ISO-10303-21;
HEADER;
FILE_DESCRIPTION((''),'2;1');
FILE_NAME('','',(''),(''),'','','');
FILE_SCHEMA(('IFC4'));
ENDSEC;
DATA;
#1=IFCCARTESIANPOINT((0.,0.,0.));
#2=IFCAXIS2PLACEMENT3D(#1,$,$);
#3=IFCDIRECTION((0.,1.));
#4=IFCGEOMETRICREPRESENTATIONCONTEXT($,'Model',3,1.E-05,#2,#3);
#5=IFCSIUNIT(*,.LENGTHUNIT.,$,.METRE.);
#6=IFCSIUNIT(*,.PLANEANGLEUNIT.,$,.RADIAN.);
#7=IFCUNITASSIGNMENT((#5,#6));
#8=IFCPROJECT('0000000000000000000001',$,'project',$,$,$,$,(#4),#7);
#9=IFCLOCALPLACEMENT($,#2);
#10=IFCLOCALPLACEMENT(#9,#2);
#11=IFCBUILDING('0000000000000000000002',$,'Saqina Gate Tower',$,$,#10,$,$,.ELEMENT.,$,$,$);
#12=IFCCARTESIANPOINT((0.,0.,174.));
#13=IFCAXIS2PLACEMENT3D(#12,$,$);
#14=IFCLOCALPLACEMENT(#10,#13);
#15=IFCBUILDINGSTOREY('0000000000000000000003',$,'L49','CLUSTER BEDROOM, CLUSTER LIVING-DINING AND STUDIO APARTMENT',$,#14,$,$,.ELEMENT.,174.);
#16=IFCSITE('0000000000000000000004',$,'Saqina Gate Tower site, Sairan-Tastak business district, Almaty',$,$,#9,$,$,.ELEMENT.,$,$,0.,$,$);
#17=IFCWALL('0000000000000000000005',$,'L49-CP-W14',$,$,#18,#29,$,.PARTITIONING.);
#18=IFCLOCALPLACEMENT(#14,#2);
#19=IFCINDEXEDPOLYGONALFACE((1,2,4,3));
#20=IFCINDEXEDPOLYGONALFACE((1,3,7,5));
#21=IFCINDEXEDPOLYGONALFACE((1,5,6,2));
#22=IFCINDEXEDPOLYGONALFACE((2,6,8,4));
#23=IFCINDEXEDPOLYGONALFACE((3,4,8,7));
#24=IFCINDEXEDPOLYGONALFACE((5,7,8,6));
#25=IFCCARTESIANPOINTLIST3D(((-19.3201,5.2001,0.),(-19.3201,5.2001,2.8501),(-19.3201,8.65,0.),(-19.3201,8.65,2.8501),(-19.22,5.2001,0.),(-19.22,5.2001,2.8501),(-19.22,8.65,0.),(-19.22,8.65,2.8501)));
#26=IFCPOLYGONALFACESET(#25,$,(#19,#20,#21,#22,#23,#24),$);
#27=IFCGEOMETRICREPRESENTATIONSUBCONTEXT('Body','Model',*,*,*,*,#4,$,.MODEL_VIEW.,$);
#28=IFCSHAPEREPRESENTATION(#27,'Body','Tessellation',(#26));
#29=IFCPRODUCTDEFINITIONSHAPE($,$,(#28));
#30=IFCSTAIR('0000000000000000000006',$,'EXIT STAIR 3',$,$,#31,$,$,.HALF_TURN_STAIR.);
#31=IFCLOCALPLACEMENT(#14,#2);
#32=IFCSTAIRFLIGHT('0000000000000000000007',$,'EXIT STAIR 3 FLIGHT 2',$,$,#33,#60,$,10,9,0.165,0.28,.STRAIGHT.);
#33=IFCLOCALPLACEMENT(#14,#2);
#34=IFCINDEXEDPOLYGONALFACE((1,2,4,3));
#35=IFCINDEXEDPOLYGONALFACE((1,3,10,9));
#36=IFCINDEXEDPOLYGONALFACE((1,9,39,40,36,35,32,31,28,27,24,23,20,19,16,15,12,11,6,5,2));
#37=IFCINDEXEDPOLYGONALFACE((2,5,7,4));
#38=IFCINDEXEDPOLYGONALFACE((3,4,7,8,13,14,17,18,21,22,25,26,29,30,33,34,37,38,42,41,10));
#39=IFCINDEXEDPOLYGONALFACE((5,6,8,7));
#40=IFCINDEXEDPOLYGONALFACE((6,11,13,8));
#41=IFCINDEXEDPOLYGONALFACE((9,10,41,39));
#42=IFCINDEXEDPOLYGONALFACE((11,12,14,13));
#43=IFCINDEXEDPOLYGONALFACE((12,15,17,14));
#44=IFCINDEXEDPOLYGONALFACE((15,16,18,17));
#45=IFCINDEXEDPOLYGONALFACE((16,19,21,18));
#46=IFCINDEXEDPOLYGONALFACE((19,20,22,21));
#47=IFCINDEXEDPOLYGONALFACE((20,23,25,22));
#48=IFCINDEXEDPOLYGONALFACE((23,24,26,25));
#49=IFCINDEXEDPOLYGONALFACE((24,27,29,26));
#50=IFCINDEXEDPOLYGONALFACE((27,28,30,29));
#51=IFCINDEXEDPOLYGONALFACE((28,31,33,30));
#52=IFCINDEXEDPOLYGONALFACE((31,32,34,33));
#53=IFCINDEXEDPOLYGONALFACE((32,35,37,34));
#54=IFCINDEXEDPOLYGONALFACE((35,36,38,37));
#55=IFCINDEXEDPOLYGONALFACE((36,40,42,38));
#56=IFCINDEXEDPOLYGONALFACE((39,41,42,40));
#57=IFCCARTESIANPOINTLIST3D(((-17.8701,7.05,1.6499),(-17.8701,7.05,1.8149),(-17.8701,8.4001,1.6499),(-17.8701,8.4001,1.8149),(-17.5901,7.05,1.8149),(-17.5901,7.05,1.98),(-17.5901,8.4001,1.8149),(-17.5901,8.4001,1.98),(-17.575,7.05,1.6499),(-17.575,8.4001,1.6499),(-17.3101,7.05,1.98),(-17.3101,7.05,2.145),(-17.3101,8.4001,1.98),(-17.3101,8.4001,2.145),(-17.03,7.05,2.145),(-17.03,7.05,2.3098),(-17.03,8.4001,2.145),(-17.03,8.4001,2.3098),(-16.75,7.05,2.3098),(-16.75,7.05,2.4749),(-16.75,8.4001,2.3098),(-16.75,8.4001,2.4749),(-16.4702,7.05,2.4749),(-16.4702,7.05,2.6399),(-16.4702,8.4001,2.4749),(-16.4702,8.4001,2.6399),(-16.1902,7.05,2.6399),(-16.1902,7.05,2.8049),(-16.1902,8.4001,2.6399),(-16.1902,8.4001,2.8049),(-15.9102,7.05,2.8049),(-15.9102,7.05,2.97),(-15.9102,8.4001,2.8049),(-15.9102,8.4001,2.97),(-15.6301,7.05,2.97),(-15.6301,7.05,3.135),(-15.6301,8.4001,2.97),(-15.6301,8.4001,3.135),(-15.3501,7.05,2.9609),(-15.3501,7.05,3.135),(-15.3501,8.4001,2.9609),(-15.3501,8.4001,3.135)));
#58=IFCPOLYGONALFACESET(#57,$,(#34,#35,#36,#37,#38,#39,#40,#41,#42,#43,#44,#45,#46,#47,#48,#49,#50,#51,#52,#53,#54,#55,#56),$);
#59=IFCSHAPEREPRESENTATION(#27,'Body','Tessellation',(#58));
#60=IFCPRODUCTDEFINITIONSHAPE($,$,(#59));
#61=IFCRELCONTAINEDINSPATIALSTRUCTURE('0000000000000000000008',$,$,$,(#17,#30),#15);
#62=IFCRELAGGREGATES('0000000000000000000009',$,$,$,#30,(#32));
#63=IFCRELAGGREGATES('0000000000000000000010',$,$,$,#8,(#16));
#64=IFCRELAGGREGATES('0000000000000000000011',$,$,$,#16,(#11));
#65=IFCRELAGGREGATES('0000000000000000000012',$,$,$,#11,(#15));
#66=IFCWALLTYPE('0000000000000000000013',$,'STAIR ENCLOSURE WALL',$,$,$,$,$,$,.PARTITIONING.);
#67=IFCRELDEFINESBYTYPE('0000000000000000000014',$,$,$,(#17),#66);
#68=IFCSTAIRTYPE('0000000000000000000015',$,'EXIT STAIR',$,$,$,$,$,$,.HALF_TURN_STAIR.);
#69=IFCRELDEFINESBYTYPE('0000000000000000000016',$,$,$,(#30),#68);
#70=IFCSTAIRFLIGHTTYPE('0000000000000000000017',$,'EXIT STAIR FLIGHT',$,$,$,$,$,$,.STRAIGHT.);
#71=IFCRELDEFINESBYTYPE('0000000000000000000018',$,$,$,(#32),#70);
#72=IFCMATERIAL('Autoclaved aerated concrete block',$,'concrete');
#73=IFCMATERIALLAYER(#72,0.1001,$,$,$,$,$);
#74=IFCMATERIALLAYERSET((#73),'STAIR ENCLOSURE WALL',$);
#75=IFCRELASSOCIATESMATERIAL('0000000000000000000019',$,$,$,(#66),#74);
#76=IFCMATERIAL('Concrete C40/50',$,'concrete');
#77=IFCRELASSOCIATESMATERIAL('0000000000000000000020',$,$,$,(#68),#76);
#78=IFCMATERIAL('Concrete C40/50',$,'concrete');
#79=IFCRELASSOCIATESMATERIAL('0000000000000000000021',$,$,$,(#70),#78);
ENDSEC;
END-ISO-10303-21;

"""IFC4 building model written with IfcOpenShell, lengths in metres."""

from ifc_helpers import new_model, si_unit, direction, frame, frame_2d, origin, place, context, subcontext, project, spatial, polyline, rectangle, outline, extrude, material, layer, layer_set, type_object, element, aggregate, save


model = new_model("IFC4")

# Units and contexts
model_context = context("Model", 3, precision=1e-05, world=origin(), true_north=direction((0.0, 1.0)))
body_context = subcontext(model_context, "Body", "Model", "MODEL_VIEW")
ifc_project = project(units=[si_unit("LENGTHUNIT", "METRE"), si_unit("PLANEANGLEUNIT", "RADIAN")], contexts=[model_context])

# Site, building, storey
site_placement = place(None, origin())
site = spatial("IfcSite", under=ifc_project, at=site_placement, Name="Saqina Gate Tower site, Sairan-Tastak business district, Almaty", CompositionType="ELEMENT", RefElevation=0.0)
building_placement = place(site_placement, origin())
building = spatial("IfcBuilding", under=site, at=building_placement, Name="Saqina Gate Tower", CompositionType="ELEMENT")
storey_placement = place(building_placement, frame((0.0, 0.0, 174.0)))
storey = spatial("IfcBuildingStorey", under=building, at=storey_placement, Name="L49", Description="CLUSTER BEDROOM, CLUSTER LIVING-DINING AND STUDIO APARTMENT", CompositionType="ELEMENT", Elevation=174.0)

# Wall
ifc_material_1 = material(Name="Autoclaved aerated concrete block", Category="concrete")
ifc_layer_1 = layer(ifc_material_1, 0.1001)
ifc_layer_set_1 = layer_set([ifc_layer_1], Name="STAIR ENCLOSURE WALL")
wall_type_1 = type_object("IfcWallType", Name="STAIR ENCLOSURE WALL", PredefinedType="PARTITIONING", material=ifc_layer_set_1)
wall_1_placement = place(storey_placement, frame((-19.27, 5.2, 0.0), z_axis=(0.0, 0.0, 1.0), x_axis=(0.0, 1.0, 0.0)))
element("IfcWall", 1, at=wall_1_placement, inside=storey, type_object=wall_type_1, Name="L49-CP-W14", PredefinedType="PARTITIONING", context=body_context, shape_type="SweptSolid", body=[
    extrude(rectangle(XDim=3.45, YDim=0.1001, at=frame_2d((1.7251, 0.0))), origin(), (0.0, 0.0, 1.0), 2.8501),
])

# Stair, stair flight
ifc_material_2 = material(Name="Concrete C40/50", Category="concrete")
stair_type = type_object("IfcStairType", Name="EXIT STAIR", PredefinedType="HALF_TURN_STAIR", material=ifc_material_2)
stair_placement = place(storey_placement, origin())
stair = element("IfcStair", 2, at=stair_placement, inside=storey, type_object=stair_type, Name="EXIT STAIR 3", PredefinedType="HALF_TURN_STAIR")
ifc_material_3 = material(Name="Concrete C40/50", Category="concrete")
stair_flight_type = type_object("IfcStairFlightType", Name="EXIT STAIR FLIGHT", PredefinedType="STRAIGHT", material=ifc_material_3)
stair_flight_placement = place(storey_placement, frame((-17.8701, 7.7251, 1.6499), z_axis=(0.0, 0.0, 1.0), x_axis=(1.0, 0.0, 0.0)))
stair_flight = element("IfcStairFlight", 3, at=stair_flight_placement, type_object=stair_flight_type, Name="EXIT STAIR 3 FLIGHT 2", NumberOfRisers=10, NumberOfTreads=9, PredefinedType="STRAIGHT", RiserHeight=0.165, TreadLength=0.28, context=body_context, shape_type="SweptSolid", body=[
    extrude(outline(polyline([(0.0, 0.0), (0.0, 0.165), (0.28, 0.165), (0.28, 0.3301), (0.5601, 0.3301), (0.5601, 0.4951), (0.8401, 0.4951), (0.8401, 0.6599), (1.1201, 0.6599), (1.1201, 0.825), (1.3999, 0.825), (1.3999, 0.99), (1.6799, 0.99), (1.6799, 1.155), (1.96, 1.155), (1.96, 1.3201), (2.24, 1.3201), (2.24, 1.4851), (2.52, 1.4851), (2.52, 1.6499), (2.52, 1.311), (0.2952, 0.0), (0.0, 0.0)])), frame((0.0, 0.675, 0.0), z_axis=(0.0, -1.0, 0.0), x_axis=(1.0, 0.0, 0.0)), (0.0, 0.0, 1.0), 1.3501),
])
aggregate(stair, [stair_flight])

save(model, "model.ifc")
